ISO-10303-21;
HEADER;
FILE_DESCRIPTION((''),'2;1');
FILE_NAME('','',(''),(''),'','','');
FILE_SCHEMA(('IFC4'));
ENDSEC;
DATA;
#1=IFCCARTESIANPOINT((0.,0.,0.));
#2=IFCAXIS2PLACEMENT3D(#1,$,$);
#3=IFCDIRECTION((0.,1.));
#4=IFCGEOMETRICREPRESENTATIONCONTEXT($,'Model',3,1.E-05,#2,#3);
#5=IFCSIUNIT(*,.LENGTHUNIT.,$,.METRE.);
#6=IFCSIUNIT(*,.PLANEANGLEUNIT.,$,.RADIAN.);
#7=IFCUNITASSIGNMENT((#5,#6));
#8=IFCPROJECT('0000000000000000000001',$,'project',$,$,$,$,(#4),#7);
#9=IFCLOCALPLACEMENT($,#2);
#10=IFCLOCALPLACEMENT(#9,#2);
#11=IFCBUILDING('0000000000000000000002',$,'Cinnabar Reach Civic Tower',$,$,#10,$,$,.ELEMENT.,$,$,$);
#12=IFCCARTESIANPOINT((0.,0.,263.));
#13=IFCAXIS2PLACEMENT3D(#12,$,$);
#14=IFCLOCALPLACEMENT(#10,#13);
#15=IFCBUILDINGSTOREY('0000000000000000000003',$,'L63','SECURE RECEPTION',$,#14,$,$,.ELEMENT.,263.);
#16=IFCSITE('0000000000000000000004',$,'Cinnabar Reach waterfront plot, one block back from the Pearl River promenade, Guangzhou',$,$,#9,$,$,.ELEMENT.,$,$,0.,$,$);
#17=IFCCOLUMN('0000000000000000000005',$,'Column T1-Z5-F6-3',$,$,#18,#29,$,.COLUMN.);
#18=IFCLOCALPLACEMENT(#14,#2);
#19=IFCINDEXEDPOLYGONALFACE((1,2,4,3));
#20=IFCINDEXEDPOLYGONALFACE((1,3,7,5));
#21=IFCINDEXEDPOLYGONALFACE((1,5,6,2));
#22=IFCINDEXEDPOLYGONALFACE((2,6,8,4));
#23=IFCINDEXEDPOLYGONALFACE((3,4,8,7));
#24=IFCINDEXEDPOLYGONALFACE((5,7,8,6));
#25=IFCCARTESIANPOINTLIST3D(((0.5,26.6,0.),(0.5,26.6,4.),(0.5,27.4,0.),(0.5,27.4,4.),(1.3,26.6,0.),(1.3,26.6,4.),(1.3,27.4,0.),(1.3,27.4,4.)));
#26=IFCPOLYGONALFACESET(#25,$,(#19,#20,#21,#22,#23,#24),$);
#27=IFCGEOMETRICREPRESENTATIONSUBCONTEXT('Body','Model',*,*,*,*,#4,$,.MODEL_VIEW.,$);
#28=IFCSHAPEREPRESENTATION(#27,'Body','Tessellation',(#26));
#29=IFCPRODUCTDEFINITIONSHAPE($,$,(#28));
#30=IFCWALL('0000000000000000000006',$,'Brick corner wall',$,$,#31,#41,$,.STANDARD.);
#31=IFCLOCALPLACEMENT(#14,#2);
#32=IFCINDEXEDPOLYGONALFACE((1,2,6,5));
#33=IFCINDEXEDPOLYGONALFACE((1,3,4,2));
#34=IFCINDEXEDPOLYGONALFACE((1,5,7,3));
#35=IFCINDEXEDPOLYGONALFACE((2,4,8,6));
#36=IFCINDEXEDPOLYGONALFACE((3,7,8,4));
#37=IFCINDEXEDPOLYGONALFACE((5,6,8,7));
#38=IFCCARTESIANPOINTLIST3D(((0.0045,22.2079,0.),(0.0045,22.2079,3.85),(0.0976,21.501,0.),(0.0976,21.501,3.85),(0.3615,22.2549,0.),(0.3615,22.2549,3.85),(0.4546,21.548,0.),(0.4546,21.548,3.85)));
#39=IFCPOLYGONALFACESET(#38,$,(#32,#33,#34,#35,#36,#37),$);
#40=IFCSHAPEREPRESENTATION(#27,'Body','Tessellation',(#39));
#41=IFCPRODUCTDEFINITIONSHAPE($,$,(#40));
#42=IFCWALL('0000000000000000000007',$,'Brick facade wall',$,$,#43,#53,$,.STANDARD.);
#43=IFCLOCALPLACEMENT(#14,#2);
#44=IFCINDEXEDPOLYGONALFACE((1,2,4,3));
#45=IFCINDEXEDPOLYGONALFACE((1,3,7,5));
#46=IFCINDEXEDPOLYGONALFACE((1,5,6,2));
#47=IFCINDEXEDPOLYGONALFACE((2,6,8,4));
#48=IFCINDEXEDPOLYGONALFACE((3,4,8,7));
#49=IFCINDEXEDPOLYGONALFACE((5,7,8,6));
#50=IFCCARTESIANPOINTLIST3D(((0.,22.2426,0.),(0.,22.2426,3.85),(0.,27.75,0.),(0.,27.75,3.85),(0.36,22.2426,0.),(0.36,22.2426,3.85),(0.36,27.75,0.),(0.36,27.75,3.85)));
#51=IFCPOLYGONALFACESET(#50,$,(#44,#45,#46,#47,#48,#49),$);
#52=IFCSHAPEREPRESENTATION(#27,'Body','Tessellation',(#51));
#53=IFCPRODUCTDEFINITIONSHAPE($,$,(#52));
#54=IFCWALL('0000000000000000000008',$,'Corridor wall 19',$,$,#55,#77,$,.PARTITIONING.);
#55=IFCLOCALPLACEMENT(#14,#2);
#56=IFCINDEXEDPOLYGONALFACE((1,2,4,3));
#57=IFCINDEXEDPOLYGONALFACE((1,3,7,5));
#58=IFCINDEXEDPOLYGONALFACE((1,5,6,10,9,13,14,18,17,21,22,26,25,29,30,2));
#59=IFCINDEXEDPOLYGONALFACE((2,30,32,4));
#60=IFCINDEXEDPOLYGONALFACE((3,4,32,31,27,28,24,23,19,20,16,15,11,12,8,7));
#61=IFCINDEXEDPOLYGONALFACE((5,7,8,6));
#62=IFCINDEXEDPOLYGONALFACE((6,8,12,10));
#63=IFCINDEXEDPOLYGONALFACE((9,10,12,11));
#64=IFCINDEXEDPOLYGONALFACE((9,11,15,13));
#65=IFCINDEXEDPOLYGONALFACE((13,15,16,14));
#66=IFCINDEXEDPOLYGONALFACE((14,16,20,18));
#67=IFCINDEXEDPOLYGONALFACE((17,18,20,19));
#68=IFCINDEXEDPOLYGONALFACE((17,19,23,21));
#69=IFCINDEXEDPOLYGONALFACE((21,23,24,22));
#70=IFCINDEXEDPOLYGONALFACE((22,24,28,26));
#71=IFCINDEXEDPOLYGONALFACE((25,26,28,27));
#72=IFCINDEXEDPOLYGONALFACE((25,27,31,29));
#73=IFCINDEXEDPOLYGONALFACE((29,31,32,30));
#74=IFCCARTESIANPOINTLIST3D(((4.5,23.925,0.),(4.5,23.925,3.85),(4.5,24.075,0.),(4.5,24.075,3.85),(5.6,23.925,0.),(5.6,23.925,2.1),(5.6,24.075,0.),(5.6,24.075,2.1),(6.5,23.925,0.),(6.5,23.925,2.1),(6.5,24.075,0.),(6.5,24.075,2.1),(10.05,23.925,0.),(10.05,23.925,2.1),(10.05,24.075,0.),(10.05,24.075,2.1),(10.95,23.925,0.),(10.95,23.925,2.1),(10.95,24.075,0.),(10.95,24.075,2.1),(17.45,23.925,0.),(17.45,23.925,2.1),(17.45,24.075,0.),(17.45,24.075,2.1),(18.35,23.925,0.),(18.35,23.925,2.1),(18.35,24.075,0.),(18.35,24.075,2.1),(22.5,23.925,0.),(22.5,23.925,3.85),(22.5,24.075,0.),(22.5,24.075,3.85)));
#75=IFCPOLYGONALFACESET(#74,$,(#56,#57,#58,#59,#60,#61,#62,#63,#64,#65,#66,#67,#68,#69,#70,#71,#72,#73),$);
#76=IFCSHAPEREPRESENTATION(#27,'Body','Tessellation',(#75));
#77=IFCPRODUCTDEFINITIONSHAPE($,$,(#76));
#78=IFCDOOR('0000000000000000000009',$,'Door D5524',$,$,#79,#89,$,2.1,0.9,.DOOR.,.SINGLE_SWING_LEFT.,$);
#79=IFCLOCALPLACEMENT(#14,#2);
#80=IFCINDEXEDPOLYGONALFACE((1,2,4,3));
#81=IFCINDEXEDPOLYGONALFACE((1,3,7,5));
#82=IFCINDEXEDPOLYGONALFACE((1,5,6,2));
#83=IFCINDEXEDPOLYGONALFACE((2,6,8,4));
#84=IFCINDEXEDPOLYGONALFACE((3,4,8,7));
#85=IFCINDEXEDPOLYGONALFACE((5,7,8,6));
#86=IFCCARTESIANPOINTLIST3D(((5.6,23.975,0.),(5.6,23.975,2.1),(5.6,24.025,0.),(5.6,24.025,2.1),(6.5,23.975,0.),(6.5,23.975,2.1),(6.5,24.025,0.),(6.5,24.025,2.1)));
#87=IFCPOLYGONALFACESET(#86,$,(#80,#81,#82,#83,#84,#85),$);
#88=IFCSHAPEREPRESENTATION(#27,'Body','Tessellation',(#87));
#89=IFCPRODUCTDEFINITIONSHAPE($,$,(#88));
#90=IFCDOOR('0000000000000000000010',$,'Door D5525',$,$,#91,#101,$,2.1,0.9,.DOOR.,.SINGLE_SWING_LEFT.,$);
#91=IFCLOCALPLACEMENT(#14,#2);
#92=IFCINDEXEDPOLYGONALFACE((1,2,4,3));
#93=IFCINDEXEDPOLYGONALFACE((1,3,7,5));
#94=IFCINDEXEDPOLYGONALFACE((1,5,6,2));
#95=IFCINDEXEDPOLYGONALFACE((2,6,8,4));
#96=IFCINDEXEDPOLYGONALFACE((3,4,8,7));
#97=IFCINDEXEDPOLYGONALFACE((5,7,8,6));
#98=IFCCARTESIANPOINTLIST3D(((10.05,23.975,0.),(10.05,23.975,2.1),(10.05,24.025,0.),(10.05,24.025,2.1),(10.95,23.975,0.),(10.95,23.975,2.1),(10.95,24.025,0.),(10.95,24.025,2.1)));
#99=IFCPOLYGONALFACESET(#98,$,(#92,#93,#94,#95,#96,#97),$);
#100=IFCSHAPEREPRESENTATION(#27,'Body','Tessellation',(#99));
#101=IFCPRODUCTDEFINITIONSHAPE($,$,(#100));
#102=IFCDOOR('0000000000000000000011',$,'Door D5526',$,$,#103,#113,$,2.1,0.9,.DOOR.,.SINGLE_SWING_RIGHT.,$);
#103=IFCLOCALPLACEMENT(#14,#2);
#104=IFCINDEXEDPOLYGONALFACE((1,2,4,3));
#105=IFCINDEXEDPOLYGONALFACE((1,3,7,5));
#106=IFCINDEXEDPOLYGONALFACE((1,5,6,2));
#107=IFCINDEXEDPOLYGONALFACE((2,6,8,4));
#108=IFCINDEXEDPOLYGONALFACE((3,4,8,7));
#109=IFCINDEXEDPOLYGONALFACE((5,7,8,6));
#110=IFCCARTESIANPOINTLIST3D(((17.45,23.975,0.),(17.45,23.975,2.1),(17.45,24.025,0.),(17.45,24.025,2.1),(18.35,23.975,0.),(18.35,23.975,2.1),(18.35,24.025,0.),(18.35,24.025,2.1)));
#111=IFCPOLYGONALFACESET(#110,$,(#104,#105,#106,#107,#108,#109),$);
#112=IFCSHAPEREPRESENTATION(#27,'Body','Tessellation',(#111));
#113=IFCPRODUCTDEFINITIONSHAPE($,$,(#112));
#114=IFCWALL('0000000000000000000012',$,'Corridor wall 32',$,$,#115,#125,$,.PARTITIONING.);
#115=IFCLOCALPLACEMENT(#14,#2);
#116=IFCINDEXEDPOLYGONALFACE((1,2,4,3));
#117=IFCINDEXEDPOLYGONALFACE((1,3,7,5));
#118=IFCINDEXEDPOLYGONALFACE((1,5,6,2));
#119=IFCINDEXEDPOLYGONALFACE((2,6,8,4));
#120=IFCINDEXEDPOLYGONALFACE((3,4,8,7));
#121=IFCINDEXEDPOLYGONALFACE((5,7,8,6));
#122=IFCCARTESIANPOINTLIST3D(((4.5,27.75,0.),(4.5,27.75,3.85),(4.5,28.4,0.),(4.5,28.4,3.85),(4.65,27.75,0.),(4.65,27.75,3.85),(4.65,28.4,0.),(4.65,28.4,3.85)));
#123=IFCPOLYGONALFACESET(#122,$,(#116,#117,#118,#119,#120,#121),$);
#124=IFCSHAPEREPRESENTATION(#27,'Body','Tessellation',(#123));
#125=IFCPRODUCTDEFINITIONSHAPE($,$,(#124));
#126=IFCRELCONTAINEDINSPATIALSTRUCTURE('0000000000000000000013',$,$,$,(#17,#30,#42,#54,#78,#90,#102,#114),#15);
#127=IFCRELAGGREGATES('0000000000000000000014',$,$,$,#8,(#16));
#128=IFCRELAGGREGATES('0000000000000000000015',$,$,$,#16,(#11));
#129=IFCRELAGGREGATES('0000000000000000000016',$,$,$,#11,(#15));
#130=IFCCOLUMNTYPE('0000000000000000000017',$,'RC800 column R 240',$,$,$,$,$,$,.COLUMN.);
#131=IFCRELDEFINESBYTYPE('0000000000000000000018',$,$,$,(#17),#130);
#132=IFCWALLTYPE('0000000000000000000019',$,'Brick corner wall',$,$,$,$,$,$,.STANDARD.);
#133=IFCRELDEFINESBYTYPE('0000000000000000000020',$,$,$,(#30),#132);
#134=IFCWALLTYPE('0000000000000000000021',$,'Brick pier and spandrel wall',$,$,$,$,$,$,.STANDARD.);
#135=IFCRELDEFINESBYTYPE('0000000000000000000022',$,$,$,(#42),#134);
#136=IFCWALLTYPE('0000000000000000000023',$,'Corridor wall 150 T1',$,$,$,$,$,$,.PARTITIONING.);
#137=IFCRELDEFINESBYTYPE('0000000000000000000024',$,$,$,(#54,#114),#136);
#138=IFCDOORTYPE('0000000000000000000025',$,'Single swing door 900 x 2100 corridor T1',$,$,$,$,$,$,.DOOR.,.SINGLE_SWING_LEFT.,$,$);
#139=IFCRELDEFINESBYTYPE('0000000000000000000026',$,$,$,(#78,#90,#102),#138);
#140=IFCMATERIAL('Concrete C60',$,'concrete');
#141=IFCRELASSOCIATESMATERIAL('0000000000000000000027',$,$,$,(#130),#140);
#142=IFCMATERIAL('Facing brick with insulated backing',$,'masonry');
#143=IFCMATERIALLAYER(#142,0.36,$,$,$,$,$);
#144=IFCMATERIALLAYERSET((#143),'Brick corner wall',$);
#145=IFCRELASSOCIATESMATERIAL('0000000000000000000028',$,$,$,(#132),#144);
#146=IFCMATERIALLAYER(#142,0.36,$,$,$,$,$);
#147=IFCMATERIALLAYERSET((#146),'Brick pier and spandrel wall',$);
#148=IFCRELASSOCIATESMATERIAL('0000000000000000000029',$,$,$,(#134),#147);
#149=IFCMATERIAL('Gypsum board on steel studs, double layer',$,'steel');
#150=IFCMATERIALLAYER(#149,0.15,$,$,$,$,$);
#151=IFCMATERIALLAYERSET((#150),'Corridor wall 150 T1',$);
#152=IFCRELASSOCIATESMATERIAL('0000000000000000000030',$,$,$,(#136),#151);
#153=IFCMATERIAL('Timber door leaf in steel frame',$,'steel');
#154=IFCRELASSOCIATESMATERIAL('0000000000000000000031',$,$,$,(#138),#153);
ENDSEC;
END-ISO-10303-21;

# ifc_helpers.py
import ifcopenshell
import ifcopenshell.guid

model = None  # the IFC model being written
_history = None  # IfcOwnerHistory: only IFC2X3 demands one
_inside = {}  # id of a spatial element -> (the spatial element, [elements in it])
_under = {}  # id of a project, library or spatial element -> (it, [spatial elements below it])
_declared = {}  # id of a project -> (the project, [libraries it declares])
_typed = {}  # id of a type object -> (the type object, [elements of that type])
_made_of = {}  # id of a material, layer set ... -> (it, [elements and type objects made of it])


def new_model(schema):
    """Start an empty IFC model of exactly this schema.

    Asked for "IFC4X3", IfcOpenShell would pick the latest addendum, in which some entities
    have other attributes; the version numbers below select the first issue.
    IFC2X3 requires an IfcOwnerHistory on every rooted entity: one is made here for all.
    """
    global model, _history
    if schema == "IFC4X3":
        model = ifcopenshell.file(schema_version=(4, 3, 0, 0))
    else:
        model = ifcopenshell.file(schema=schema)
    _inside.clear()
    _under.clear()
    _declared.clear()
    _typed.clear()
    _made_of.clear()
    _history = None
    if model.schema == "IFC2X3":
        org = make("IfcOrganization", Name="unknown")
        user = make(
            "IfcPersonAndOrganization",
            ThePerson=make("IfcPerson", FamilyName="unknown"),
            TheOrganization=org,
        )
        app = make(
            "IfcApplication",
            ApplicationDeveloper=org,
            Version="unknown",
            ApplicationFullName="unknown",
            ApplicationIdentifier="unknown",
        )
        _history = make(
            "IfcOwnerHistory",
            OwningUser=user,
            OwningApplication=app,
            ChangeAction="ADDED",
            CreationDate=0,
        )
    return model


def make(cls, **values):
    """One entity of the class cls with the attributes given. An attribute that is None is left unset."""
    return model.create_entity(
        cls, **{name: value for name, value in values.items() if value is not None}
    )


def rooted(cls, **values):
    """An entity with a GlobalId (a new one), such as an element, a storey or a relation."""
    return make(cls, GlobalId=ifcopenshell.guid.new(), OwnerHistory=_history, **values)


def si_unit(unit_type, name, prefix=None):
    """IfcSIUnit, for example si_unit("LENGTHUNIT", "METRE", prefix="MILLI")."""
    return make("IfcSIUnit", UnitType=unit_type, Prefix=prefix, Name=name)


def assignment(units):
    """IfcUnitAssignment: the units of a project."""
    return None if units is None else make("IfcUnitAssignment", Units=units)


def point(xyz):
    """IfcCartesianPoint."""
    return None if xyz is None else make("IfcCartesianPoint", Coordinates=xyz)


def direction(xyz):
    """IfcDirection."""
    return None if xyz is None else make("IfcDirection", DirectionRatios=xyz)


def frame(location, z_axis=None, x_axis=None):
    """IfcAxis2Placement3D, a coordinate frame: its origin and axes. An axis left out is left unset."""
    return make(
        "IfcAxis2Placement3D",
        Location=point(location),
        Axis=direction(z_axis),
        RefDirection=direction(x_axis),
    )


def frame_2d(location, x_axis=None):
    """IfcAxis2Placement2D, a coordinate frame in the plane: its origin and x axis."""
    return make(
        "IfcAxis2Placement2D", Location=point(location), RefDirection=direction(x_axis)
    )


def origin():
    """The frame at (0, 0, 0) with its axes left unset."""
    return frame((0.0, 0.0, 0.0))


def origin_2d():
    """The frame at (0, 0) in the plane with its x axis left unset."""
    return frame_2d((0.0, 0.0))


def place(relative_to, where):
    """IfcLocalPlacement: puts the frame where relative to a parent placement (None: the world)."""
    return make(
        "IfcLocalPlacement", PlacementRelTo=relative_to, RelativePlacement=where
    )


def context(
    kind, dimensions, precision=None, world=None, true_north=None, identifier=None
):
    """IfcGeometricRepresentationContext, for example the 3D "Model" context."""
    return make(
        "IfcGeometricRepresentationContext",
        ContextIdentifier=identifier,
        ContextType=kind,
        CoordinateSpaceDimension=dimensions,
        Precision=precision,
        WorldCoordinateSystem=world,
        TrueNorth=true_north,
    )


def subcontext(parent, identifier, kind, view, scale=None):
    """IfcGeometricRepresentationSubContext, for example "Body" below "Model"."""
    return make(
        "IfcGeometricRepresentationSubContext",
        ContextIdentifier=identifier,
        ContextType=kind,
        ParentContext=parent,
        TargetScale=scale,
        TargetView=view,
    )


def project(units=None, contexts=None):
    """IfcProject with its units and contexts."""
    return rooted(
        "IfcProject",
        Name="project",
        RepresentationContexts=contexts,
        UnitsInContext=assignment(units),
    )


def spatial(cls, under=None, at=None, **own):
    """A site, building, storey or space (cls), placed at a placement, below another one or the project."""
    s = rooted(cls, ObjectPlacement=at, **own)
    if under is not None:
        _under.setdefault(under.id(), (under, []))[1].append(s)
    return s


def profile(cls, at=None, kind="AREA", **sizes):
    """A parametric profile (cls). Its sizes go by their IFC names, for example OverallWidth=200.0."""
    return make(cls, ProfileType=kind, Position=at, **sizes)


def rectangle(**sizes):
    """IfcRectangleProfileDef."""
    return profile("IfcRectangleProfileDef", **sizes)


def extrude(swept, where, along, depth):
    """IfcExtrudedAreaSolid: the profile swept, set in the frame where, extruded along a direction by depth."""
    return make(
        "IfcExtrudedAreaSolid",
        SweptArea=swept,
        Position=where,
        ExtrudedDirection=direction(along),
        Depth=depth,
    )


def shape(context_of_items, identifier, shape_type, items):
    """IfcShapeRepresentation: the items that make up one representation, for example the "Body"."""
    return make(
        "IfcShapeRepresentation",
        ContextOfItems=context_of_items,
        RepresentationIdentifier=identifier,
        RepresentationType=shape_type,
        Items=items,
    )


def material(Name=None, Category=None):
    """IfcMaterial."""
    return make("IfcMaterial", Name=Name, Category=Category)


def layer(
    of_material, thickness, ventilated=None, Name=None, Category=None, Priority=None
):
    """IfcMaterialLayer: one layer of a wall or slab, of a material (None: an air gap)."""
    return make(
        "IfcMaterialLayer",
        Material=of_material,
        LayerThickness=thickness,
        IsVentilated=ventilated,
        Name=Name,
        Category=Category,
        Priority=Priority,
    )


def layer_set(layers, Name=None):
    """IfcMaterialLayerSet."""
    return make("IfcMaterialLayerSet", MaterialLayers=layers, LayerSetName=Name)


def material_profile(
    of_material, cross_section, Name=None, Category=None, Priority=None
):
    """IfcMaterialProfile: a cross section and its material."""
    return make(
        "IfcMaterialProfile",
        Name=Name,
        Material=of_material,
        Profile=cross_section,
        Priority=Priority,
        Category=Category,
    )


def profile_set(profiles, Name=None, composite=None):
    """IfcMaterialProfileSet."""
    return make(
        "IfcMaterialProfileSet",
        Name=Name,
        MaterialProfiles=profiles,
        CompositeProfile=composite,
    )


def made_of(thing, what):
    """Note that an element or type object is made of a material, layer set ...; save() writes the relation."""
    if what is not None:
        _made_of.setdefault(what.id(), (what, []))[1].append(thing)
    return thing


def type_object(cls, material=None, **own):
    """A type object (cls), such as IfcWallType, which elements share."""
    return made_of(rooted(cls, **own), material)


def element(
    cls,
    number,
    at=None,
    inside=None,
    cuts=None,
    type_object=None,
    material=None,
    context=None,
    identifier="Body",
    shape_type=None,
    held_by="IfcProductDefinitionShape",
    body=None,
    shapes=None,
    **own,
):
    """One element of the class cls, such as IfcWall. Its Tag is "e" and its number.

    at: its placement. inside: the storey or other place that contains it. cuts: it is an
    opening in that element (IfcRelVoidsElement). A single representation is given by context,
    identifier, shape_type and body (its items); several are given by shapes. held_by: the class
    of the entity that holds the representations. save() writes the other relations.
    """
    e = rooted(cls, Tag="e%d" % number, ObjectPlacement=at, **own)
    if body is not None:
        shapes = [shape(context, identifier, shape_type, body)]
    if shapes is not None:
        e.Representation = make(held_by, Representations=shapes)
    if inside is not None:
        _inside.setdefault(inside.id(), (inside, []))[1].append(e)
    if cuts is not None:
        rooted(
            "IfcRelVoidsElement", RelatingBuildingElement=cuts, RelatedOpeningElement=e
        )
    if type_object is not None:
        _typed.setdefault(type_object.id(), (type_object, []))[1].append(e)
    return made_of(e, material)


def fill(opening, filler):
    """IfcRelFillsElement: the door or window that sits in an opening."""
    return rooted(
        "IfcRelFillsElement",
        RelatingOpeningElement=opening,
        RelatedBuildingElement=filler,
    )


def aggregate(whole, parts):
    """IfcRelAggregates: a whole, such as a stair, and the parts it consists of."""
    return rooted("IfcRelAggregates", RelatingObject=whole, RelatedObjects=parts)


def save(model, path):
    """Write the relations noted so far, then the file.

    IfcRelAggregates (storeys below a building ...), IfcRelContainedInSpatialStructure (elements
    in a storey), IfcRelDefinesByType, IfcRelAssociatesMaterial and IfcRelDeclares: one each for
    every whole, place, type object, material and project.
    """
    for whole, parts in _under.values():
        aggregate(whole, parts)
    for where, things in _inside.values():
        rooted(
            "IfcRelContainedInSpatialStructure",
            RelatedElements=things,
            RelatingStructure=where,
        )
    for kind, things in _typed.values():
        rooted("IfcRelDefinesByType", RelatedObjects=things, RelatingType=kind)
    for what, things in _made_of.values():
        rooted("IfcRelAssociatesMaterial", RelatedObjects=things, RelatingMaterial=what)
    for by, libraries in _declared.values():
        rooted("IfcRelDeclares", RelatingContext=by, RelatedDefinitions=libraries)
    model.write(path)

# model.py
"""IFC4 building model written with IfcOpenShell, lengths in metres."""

from ifc_helpers import new_model, si_unit, direction, frame, frame_2d, origin, origin_2d, place, context, subcontext, project, spatial, rectangle, extrude, material, layer, layer_set, material_profile, profile_set, type_object, element, fill, save


model = new_model("IFC4")

# Units and contexts
model_context = context("Model", 3, precision=1e-05, world=origin(), true_north=direction((0.0, 1.0)))
body_context = subcontext(model_context, "Body", "Model", "MODEL_VIEW")
ifc_project = project(units=[si_unit("LENGTHUNIT", "METRE"), si_unit("PLANEANGLEUNIT", "RADIAN")], contexts=[model_context])

# Site, building, storey
site_placement = place(None, origin())
site = spatial("IfcSite", under=ifc_project, at=site_placement, Name="Cinnabar Reach waterfront plot, one block back from the Pearl River promenade, Guangzhou", CompositionType="ELEMENT", RefElevation=0.0)
building_placement = place(site_placement, origin())
building = spatial("IfcBuilding", under=site, at=building_placement, Name="Cinnabar Reach Civic Tower", CompositionType="ELEMENT")
storey_placement = place(building_placement, frame((0.0, 0.0, 263.0)))
storey = spatial("IfcBuildingStorey", under=building, at=storey_placement, Name="L63", Description="SECURE RECEPTION", CompositionType="ELEMENT", Elevation=263.0)

# Column
ifc_material_1 = material(Name="Concrete C60", Category="concrete")
ifc_material_profile = material_profile(ifc_material_1, rectangle(XDim=0.8, YDim=0.8, at=origin_2d()), Name="RC800")
ifc_profile_set = profile_set([ifc_material_profile], Name="Concrete C60")
column_type = type_object("IfcColumnType", Name="RC800 column R 240", PredefinedType="COLUMN", material=ifc_profile_set)
column_placement = place(storey_placement, frame((0.9, 27.0, 0.0), z_axis=(0.0, 0.0, 1.0), x_axis=(1.0, 0.0, 0.0)))
element("IfcColumn", 1, at=column_placement, inside=storey, type_object=column_type, Name="Column T1-Z5-F6-3", PredefinedType="COLUMN", context=body_context, shape_type="SweptSolid", body=[
    extrude(rectangle(XDim=0.8, YDim=0.8, at=origin_2d()), origin(), (0.0, 0.0, 1.0), 4.0),
])

# Walls
ifc_material_2 = material(Name="Facing brick with insulated backing", Category="masonry")
ifc_layer_1 = layer(ifc_material_2, 0.36)
ifc_layer_set_1 = layer_set([ifc_layer_1], Name="Brick corner wall")
wall_type_1 = type_object("IfcWallType", Name="Brick corner wall", PredefinedType="STANDARD", material=ifc_layer_set_1)
wall_1_placement = place(storey_placement, frame((0.183, 22.2314, 0.0), z_axis=(0.0, 0.0, 1.0), x_axis=(0.130556, -0.991441, 0.0)))
element("IfcWall", 2, at=wall_1_placement, inside=storey, type_object=wall_type_1, Name="Brick corner wall", PredefinedType="STANDARD", context=body_context, shape_type="SweptSolid", body=[
    extrude(rectangle(XDim=0.7131, YDim=0.36, at=frame_2d((0.3565, 0.0))), origin(), (0.0, 0.0, 1.0), 3.85),
])
ifc_layer_2 = layer(ifc_material_2, 0.36)
ifc_layer_set_2 = layer_set([ifc_layer_2], Name="Brick pier and spandrel wall")
wall_type_2 = type_object("IfcWallType", Name="Brick pier and spandrel wall", PredefinedType="STANDARD", material=ifc_layer_set_2)
wall_2_placement = place(storey_placement, frame((0.18, 27.75, 0.0), z_axis=(0.0, 0.0, 1.0), x_axis=(0.0, -1.0, 0.0)))
element("IfcWall", 3, at=wall_2_placement, inside=storey, type_object=wall_type_2, Name="Brick facade wall", PredefinedType="STANDARD", context=body_context, shape_type="SweptSolid", body=[
    extrude(rectangle(XDim=5.5074, YDim=0.36, at=frame_2d((2.7537, 0.0))), origin(), (0.0, 0.0, 1.0), 3.85),
])

# Wall, openings, doors
ifc_material_3 = material(Name="Gypsum board on steel studs, double layer", Category="steel")
ifc_layer_3 = layer(ifc_material_3, 0.15)
ifc_layer_set_3 = layer_set([ifc_layer_3], Name="Corridor wall 150 T1")
wall_type_3 = type_object("IfcWallType", Name="Corridor wall 150 T1", PredefinedType="PARTITIONING", material=ifc_layer_set_3)
wall_3_placement = place(storey_placement, frame((4.5, 24.0, 0.0), z_axis=(0.0, 0.0, 1.0), x_axis=(1.0, 0.0, 0.0)))
wall_3 = element("IfcWall", 4, at=wall_3_placement, inside=storey, type_object=wall_type_3, Name="Corridor wall 19", PredefinedType="PARTITIONING", context=body_context, shape_type="SweptSolid", body=[
    extrude(rectangle(XDim=18.0, YDim=0.15, at=frame_2d((9.0, 0.0))), origin(), (0.0, 0.0, 1.0), 3.85),
])
opening_1_placement = place(wall_3_placement, frame((1.1, 0.0, 0.0)))
opening_1 = element("IfcOpeningElement", 5, at=opening_1_placement, cuts=wall_3, PredefinedType="OPENING", context=body_context, shape_type="SweptSolid", body=[
    extrude(rectangle(XDim=0.9, YDim=2.1, at=frame_2d((0.45, 1.05))), frame((0.0, 0.085, 0.0), z_axis=(0.0, -1.0, 0.0), x_axis=(1.0, 0.0, 0.0)), (0.0, 0.0, 1.0), 0.17),
])
opening_2_placement = place(wall_3_placement, frame((5.55, 0.0, 0.0)))
opening_2 = element("IfcOpeningElement", 6, at=opening_2_placement, cuts=wall_3, PredefinedType="OPENING", context=body_context, shape_type="SweptSolid", body=[
    extrude(rectangle(XDim=0.9, YDim=2.1, at=frame_2d((0.45, 1.05))), frame((0.0, 0.085, 0.0), z_axis=(0.0, -1.0, 0.0), x_axis=(1.0, 0.0, 0.0)), (0.0, 0.0, 1.0), 0.17),
])
opening_3_placement = place(wall_3_placement, frame((12.95, 0.0, 0.0)))
opening_3 = element("IfcOpeningElement", 7, at=opening_3_placement, cuts=wall_3, PredefinedType="OPENING", context=body_context, shape_type="SweptSolid", body=[
    extrude(rectangle(XDim=0.9, YDim=2.1, at=frame_2d((0.45, 1.05))), frame((0.0, 0.085, 0.0), z_axis=(0.0, -1.0, 0.0), x_axis=(1.0, 0.0, 0.0)), (0.0, 0.0, 1.0), 0.17),
])
ifc_material_4 = material(Name="Timber door leaf in steel frame", Category="steel")
door_type_1 = type_object("IfcDoorType", Name="Single swing door 900 x 2100 corridor T1", OperationType="SINGLE_SWING_LEFT", PredefinedType="DOOR", material=ifc_material_4)
door_1_placement = place(opening_1_placement, frame((0.9, 0.0, 0.0), z_axis=(0.0, 0.0, 1.0), x_axis=(-1.0, 0.0, 0.0)))
door_1 = element("IfcDoor", 8, at=door_1_placement, inside=storey, type_object=door_type_1, Name="Door D5524", OperationType="SINGLE_SWING_LEFT", OverallHeight=2.1, OverallWidth=0.9, PredefinedType="DOOR", context=body_context, shape_type="SweptSolid", body=[
    extrude(rectangle(XDim=0.9, YDim=2.1, at=frame_2d((0.45, 1.05))), frame((0.0, 0.025, 0.0), z_axis=(0.0, -1.0, 0.0), x_axis=(1.0, 0.0, 0.0)), (0.0, 0.0, 1.0), 0.05),
])
fill(opening_1, door_1)
door_2_placement = place(opening_2_placement, frame((0.9, 0.0, 0.0), z_axis=(0.0, 0.0, 1.0), x_axis=(-1.0, 0.0, 0.0)))
door_2 = element("IfcDoor", 9, at=door_2_placement, inside=storey, type_object=door_type_1, Name="Door D5525", OperationType="SINGLE_SWING_LEFT", OverallHeight=2.1, OverallWidth=0.9, PredefinedType="DOOR", context=body_context, shape_type="SweptSolid", body=[
    extrude(rectangle(XDim=0.9, YDim=2.1, at=frame_2d((0.45, 1.05))), frame((0.0, 0.025, 0.0), z_axis=(0.0, -1.0, 0.0), x_axis=(1.0, 0.0, 0.0)), (0.0, 0.0, 1.0), 0.05),
])
fill(opening_2, door_2)
door_3_placement = place(opening_3_placement, frame((0.9, 0.0, 0.0), z_axis=(0.0, 0.0, 1.0), x_axis=(-1.0, 0.0, 0.0)))
door_3 = element("IfcDoor", 10, at=door_3_placement, inside=storey, type_object=door_type_1, Name="Door D5526", OperationType="SINGLE_SWING_RIGHT", OverallHeight=2.1, OverallWidth=0.9, PredefinedType="DOOR", context=body_context, shape_type="SweptSolid", body=[
    extrude(rectangle(XDim=0.9, YDim=2.1, at=frame_2d((0.45, 1.05))), frame((0.0, 0.025, 0.0), z_axis=(0.0, -1.0, 0.0), x_axis=(1.0, 0.0, 0.0)), (0.0, 0.0, 1.0), 0.05),
])
fill(opening_3, door_3)

# Wall
wall_4_placement = place(storey_placement, frame((4.575, 27.75, 0.0), z_axis=(0.0, 0.0, 1.0), x_axis=(0.0, 1.0, 0.0)))
element("IfcWall", 11, at=wall_4_placement, inside=storey, type_object=wall_type_3, Name="Corridor wall 32", PredefinedType="PARTITIONING", context=body_context, shape_type="SweptSolid", body=[
    extrude(rectangle(XDim=0.65, YDim=0.15, at=frame_2d((0.325, 0.0))), origin(), (0.0, 0.0, 1.0), 3.85),
])

save(model, "model.ifc")
